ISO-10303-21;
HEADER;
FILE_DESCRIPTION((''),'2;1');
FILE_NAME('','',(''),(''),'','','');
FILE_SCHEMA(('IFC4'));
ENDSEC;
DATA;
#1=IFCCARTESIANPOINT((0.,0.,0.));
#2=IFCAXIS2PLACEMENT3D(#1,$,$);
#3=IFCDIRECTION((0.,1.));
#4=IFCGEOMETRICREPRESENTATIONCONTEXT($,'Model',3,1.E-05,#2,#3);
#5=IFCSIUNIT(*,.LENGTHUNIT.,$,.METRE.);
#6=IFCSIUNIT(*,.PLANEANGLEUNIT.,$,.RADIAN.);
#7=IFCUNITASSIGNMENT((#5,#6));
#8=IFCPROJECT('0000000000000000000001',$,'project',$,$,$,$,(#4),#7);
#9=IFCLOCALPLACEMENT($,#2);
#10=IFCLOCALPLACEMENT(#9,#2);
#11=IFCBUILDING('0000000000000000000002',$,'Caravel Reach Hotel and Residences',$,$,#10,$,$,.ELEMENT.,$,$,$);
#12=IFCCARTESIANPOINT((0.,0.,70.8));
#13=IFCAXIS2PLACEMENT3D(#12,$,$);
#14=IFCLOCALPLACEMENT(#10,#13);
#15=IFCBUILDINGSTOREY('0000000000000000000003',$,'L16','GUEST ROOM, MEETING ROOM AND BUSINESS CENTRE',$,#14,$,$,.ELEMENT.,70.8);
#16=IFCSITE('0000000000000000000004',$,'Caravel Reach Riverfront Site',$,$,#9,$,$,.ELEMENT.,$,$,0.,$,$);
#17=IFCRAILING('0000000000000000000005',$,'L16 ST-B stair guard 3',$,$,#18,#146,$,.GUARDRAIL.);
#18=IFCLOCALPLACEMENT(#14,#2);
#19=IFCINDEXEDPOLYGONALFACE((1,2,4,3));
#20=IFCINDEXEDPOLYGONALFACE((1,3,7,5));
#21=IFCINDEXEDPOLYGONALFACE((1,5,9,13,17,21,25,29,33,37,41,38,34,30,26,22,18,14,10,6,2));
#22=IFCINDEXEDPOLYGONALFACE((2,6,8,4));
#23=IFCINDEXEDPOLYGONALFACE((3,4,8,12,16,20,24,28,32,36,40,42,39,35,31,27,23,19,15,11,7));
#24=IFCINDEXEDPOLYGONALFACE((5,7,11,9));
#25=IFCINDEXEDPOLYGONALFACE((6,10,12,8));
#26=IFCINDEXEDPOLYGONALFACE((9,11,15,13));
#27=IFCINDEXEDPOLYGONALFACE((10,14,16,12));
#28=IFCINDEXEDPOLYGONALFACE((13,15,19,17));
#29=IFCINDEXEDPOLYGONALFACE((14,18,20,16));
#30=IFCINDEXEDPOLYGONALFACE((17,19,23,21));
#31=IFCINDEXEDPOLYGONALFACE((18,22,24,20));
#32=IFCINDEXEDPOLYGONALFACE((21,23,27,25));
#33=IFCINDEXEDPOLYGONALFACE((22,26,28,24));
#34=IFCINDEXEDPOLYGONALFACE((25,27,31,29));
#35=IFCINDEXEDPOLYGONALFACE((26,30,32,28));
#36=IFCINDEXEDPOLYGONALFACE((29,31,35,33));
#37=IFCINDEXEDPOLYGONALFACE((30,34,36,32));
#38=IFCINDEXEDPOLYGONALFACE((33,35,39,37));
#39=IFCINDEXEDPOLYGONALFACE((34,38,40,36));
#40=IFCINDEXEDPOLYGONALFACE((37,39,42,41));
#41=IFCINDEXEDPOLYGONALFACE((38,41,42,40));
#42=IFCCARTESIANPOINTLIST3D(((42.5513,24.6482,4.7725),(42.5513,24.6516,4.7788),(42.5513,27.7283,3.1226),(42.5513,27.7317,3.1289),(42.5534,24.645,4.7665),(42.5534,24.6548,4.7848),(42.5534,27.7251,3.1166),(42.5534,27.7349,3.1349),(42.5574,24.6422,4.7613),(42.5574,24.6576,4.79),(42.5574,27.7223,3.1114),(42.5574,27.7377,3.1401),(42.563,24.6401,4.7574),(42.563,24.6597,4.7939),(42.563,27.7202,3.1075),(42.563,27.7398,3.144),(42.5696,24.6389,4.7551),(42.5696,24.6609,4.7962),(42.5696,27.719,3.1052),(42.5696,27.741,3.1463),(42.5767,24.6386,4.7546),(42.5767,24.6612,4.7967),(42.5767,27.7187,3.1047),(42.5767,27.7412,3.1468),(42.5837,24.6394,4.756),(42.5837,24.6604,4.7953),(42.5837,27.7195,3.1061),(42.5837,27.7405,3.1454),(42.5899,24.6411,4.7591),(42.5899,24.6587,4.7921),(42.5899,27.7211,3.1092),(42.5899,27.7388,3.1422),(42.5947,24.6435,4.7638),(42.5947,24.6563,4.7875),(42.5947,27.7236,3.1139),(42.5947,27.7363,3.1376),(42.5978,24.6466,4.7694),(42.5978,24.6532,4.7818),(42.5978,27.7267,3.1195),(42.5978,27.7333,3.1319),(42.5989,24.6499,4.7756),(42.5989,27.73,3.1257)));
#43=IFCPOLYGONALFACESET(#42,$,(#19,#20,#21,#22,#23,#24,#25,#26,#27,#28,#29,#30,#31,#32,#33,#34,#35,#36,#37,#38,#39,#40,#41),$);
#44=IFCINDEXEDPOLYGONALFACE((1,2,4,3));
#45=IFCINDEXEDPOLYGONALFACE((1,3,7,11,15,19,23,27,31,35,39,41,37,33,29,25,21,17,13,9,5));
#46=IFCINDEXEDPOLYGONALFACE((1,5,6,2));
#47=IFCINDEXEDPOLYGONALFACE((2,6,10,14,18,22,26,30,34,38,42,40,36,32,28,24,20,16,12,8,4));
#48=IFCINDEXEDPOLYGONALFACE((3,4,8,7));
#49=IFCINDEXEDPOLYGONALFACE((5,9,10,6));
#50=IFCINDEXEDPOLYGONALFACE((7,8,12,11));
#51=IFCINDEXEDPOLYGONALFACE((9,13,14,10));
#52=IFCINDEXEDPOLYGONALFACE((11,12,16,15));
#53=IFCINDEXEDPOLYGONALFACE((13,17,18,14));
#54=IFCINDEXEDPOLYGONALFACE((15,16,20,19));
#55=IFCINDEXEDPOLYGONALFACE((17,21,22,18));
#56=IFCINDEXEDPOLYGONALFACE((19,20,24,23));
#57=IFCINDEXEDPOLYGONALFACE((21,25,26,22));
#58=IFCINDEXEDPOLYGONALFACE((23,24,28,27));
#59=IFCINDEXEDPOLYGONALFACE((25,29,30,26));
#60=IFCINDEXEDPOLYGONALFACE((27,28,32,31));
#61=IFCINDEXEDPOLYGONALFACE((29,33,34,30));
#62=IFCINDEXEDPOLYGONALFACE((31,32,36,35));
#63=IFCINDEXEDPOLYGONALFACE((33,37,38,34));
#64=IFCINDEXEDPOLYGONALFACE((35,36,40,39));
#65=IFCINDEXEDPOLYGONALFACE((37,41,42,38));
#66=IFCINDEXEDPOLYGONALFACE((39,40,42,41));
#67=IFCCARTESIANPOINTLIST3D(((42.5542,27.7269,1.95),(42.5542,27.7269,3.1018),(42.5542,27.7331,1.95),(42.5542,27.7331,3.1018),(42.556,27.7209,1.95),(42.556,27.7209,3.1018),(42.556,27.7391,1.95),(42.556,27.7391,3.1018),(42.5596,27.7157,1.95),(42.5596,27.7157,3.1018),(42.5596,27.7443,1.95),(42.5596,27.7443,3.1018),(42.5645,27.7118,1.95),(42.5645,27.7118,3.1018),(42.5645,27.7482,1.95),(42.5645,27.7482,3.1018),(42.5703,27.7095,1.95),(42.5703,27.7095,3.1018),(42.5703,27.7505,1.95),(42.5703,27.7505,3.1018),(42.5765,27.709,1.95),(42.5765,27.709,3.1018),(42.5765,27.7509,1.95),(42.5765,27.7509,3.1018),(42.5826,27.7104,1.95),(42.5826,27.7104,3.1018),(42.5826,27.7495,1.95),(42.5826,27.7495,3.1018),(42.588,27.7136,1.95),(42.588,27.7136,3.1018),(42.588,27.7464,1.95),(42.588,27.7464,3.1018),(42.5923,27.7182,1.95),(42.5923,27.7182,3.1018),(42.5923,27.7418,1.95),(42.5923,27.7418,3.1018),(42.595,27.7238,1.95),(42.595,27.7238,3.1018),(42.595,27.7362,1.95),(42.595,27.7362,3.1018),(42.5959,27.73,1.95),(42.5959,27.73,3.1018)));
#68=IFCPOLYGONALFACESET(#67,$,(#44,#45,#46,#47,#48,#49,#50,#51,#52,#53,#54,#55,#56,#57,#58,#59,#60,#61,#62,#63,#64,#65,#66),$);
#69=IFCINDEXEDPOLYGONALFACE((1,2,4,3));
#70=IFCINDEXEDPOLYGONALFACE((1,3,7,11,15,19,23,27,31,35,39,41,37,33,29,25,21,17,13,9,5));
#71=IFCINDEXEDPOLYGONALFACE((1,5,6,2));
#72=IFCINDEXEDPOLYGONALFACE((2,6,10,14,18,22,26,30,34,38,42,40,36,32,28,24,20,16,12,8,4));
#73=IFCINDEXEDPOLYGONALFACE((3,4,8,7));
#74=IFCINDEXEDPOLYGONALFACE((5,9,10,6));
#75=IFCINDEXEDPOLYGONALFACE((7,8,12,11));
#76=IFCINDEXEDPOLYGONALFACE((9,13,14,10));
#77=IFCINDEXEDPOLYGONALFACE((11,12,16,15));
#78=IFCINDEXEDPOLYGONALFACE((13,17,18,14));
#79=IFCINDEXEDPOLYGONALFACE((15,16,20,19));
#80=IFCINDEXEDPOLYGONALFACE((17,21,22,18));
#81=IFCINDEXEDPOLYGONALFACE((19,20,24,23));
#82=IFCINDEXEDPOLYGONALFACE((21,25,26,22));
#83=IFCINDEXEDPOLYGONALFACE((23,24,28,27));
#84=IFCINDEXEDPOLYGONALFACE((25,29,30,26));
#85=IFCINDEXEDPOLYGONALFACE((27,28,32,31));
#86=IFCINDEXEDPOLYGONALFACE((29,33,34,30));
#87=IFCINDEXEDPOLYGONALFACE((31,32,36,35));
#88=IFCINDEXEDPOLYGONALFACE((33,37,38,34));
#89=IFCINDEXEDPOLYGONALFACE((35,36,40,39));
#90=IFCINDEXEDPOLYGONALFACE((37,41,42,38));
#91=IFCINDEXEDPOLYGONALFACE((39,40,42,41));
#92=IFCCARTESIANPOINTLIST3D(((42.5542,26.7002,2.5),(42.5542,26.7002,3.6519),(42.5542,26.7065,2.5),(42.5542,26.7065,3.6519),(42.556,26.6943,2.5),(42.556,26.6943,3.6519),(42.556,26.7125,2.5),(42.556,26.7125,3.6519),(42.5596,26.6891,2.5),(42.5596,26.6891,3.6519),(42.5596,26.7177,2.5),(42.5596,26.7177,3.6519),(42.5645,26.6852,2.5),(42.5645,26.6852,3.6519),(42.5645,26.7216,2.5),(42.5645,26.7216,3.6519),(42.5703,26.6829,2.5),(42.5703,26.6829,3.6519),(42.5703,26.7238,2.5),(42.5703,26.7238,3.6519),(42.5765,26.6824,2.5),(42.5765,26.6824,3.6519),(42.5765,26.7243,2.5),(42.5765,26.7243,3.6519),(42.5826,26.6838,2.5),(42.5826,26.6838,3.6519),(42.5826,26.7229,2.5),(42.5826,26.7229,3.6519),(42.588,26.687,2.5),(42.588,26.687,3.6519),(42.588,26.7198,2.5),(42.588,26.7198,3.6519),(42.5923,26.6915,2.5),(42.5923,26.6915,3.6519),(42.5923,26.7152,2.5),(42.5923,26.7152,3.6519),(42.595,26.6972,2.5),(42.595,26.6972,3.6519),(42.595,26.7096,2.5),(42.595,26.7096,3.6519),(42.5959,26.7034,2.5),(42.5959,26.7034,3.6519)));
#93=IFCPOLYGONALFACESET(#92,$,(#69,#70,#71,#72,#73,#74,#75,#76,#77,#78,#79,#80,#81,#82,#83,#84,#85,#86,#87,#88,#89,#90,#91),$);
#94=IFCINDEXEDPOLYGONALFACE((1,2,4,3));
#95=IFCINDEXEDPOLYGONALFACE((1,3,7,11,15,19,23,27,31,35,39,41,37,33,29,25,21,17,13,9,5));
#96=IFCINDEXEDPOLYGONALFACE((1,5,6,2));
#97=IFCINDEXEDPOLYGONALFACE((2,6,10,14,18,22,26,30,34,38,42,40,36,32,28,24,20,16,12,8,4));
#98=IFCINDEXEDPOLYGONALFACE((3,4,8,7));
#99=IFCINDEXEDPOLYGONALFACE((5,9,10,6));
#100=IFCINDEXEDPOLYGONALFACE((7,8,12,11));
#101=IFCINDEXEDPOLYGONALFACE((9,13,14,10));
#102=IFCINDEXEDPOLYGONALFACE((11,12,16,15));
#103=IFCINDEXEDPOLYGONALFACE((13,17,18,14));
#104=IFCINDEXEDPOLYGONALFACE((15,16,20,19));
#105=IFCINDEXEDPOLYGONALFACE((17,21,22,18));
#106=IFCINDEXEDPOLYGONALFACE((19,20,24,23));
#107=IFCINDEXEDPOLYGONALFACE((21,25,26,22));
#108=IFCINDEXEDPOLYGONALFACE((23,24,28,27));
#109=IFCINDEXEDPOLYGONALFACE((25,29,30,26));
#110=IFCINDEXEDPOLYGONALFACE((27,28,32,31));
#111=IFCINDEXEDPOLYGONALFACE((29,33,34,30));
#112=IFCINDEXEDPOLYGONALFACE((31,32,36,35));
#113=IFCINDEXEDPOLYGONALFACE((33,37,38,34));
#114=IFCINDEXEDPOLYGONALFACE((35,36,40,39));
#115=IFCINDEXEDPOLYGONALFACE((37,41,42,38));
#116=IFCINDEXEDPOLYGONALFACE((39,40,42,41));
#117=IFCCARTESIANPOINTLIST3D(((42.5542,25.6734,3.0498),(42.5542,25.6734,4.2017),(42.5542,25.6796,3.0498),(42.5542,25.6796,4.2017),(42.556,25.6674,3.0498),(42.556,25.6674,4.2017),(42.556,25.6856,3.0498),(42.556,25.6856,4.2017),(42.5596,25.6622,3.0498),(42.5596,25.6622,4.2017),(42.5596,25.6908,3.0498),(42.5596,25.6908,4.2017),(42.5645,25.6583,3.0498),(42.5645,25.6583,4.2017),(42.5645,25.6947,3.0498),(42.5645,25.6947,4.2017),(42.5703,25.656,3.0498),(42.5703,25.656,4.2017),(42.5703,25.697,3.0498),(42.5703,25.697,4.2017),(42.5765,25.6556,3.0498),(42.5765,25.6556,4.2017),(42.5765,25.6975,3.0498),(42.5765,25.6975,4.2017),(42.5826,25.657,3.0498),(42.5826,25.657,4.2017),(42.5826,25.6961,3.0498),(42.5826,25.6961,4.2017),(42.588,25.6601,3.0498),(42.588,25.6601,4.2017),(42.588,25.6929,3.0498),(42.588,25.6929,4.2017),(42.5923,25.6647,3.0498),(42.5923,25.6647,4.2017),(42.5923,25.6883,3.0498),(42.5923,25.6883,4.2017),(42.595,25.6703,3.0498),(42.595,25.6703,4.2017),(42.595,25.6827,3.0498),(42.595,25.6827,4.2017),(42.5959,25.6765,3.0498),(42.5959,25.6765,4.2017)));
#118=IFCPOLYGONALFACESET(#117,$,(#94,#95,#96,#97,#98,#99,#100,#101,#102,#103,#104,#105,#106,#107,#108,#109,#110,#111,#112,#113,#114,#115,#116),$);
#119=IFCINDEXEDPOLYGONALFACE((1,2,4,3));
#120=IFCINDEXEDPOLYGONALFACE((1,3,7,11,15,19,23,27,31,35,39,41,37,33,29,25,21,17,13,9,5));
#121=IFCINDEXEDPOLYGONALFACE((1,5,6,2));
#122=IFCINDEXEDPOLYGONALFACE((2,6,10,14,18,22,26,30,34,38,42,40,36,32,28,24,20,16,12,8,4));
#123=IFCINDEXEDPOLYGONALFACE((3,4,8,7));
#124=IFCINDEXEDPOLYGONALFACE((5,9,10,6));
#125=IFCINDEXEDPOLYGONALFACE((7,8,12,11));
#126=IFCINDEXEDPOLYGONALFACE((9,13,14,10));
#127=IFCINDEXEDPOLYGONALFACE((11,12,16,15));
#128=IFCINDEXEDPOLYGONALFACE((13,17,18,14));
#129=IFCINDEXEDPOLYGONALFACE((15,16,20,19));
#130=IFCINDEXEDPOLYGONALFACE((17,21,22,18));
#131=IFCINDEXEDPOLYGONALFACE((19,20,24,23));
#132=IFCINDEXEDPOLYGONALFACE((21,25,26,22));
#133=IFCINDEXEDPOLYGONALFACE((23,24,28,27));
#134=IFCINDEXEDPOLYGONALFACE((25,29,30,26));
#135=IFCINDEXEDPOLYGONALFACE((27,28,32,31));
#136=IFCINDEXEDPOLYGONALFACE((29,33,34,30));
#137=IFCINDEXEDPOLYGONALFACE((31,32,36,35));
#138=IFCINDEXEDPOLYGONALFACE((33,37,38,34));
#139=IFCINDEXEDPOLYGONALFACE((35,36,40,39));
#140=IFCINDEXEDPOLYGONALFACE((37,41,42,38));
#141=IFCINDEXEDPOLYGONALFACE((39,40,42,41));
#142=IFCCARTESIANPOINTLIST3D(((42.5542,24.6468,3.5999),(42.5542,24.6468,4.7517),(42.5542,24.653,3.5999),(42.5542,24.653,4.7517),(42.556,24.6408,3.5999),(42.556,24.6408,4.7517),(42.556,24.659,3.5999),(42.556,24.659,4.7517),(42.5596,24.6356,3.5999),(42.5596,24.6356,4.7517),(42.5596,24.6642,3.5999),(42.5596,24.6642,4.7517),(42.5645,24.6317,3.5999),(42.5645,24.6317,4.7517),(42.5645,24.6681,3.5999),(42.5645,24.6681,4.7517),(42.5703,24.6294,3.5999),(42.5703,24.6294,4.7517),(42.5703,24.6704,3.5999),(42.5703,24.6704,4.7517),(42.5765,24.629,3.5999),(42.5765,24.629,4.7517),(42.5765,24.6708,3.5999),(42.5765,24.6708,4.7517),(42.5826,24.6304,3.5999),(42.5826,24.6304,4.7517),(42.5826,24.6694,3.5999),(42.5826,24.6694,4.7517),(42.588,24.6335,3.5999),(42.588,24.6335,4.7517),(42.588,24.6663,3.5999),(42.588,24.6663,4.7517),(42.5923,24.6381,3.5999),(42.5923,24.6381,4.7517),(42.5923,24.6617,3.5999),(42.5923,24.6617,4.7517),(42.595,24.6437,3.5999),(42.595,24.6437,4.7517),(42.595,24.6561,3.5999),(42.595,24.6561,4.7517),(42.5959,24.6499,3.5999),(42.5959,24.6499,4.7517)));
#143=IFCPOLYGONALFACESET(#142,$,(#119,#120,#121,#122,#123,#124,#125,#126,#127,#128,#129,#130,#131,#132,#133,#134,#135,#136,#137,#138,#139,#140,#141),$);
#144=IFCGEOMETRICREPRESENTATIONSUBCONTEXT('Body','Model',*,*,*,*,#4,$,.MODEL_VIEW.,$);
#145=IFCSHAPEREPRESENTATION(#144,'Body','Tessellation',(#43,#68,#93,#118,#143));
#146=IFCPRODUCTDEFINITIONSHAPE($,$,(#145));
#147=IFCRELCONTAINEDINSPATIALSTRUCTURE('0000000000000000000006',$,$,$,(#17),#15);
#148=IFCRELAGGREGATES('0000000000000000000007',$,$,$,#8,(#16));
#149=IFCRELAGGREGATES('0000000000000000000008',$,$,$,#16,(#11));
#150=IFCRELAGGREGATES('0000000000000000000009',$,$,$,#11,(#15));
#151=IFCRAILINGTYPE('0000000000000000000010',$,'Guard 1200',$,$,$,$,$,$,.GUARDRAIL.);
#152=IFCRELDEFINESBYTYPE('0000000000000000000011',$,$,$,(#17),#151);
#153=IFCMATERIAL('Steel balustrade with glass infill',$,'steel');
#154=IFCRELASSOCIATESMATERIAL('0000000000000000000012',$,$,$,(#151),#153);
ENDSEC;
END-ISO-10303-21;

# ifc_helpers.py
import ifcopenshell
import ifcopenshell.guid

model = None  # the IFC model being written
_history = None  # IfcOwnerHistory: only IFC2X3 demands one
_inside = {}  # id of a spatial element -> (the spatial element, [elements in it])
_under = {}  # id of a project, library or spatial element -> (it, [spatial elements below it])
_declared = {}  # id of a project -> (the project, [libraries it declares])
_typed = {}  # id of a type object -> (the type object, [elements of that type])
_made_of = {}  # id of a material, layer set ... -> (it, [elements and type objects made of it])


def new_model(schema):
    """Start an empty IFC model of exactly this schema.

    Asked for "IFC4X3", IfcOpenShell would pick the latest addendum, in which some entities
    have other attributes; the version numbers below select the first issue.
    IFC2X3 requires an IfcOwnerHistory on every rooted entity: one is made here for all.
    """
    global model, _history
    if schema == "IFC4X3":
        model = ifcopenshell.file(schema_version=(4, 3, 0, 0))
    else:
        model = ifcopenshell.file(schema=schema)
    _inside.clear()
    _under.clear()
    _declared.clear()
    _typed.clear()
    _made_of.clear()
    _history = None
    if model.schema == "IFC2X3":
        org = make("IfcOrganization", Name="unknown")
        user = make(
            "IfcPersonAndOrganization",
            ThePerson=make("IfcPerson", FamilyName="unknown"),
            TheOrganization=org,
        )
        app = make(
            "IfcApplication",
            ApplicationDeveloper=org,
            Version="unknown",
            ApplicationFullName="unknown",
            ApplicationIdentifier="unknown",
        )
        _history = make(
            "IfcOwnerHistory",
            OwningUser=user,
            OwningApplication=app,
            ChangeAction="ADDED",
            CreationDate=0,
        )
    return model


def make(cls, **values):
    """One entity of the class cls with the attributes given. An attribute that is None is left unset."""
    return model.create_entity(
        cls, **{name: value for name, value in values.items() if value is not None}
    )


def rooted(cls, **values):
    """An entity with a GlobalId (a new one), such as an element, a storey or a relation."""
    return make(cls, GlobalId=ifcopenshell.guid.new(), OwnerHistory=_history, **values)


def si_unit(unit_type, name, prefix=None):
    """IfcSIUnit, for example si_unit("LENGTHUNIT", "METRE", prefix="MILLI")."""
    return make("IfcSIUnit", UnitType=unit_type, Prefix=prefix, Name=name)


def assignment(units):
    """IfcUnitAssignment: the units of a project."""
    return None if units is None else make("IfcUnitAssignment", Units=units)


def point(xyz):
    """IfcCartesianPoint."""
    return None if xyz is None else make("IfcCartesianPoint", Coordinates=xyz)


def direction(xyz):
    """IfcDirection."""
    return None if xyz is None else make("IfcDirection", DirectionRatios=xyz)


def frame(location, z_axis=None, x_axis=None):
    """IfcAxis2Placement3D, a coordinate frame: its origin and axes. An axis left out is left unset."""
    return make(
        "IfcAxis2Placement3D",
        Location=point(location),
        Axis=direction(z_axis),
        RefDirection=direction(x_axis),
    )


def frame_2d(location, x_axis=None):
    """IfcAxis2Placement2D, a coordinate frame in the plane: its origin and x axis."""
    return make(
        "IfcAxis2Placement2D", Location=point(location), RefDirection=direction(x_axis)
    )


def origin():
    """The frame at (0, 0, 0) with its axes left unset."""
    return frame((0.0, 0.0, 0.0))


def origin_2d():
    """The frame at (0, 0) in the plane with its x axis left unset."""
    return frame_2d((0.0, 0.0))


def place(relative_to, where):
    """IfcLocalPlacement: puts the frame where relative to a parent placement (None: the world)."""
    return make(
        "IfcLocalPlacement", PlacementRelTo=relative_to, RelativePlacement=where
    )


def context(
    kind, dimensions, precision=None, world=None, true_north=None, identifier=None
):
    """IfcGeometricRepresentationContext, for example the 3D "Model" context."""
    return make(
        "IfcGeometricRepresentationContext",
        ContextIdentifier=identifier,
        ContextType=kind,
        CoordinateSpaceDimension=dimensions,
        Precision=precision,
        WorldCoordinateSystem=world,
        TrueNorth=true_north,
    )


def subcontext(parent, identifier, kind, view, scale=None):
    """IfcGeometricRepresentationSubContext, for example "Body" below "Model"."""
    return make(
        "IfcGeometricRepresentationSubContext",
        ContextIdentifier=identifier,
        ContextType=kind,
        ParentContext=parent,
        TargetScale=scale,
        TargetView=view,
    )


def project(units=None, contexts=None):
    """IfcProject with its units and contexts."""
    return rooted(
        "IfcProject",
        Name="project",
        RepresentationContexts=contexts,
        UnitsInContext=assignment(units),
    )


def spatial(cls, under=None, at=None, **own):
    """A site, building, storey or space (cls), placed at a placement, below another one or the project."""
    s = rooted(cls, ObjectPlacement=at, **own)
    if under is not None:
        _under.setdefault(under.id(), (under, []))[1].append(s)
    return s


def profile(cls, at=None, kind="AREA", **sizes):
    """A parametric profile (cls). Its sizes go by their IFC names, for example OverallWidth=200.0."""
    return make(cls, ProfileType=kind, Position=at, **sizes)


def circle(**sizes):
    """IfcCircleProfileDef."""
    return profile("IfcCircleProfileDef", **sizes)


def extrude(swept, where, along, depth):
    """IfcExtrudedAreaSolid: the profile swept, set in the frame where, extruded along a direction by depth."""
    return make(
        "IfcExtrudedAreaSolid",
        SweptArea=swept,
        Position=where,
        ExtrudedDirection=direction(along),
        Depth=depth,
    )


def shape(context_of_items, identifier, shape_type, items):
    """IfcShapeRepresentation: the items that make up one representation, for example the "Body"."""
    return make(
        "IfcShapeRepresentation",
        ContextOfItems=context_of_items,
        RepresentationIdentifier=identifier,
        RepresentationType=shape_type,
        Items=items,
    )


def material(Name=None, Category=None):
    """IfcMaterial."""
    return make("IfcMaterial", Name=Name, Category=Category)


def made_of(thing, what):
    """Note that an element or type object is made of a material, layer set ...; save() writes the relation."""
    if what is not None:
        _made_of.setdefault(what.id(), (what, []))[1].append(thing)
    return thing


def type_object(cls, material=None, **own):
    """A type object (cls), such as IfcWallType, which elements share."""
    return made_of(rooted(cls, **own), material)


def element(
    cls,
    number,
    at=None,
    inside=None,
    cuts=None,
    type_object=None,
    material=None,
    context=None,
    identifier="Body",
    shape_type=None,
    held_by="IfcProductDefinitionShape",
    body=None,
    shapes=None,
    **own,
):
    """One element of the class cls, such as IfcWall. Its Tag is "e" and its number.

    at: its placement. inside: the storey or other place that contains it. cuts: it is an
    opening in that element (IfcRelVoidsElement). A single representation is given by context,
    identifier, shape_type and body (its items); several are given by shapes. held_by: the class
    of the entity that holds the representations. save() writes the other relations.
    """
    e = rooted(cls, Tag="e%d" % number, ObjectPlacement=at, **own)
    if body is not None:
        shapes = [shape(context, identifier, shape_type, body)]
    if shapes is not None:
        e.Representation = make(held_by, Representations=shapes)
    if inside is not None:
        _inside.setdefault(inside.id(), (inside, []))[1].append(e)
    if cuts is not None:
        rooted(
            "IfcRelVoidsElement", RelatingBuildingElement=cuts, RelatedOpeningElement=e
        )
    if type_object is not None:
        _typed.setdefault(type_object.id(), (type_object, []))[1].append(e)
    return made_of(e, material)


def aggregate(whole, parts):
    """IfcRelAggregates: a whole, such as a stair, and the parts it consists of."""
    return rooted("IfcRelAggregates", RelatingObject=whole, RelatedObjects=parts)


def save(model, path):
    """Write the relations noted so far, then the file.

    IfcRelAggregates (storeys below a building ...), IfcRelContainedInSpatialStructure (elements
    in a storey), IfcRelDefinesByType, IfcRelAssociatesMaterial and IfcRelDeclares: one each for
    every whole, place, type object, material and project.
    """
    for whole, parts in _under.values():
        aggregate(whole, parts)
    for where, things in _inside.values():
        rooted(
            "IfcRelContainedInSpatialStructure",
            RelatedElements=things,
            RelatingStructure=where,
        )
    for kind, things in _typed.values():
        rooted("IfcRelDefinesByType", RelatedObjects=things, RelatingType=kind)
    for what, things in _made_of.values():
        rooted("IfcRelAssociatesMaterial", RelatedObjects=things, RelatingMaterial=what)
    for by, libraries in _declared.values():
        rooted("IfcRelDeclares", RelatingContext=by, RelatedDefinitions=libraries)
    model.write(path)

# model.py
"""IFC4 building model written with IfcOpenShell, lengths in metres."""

from ifc_helpers import new_model, si_unit, direction, frame, origin, origin_2d, place, context, subcontext, project, spatial, circle, extrude, material, type_object, element, save


model = new_model("IFC4")

# Units and contexts
model_context = context("Model", 3, precision=1e-05, world=origin(), true_north=direction((0.0, 1.0)))
body_context = subcontext(model_context, "Body", "Model", "MODEL_VIEW")
ifc_project = project(units=[si_unit("LENGTHUNIT", "METRE"), si_unit("PLANEANGLEUNIT", "RADIAN")], contexts=[model_context])

# Site, building, storey
site_placement = place(None, origin())
site = spatial("IfcSite", under=ifc_project, at=site_placement, Name="Caravel Reach Riverfront Site", CompositionType="ELEMENT", RefElevation=0.0)
building_placement = place(site_placement, origin())
building = spatial("IfcBuilding", under=site, at=building_placement, Name="Caravel Reach Hotel and Residences", CompositionType="ELEMENT")
storey_placement = place(building_placement, frame((0.0, 0.0, 70.8)))
storey = spatial("IfcBuildingStorey", under=building, at=storey_placement, Name="L16", Description="GUEST ROOM, MEETING ROOM AND BUSINESS CENTRE", CompositionType="ELEMENT", Elevation=70.8)

# Railing
ifc_material_1 = material(Name="Steel balustrade with glass infill", Category="steel")
railing_type_1 = type_object("IfcRailingType", Name="Guard 1200", PredefinedType="GUARDRAIL", material=ifc_material_1)
railing_1_placement = place(storey_placement, frame((42.575, 27.73, 1.95)))
element("IfcRailing", 1, at=railing_1_placement, inside=storey, type_object=railing_type_1, Name="L16 ST-B stair guard 3", PredefinedType="GUARDRAIL", context=body_context, shape_type="SweptSolid", body=[
    extrude(circle(Radius=0.0239, at=origin_2d()), frame((0.0, 0.0, 1.1758), z_axis=(0.0, -0.881497, 0.47219), x_axis=(1.0, 0.0, 0.0)), (0.0, 0.0, 1.0), 3.4941),
    extrude(circle(Radius=0.021, at=origin_2d()), origin(), (0.0, 0.0, 1.0), 1.1519),
    extrude(circle(Radius=0.021, at=origin_2d()), frame((0.0, -1.0266, 0.55)), (0.0, 0.0, 1.0), 1.1519),
    extrude(circle(Radius=0.021, at=origin_2d()), frame((0.0, -2.0535, 1.0999)), (0.0, 0.0, 1.0), 1.1519),
    extrude(circle(Radius=0.021, at=origin_2d()), frame((0.0, -3.0801, 1.6499)), (0.0, 0.0, 1.0), 1.1519),
])

save(model, "model.ifc")
